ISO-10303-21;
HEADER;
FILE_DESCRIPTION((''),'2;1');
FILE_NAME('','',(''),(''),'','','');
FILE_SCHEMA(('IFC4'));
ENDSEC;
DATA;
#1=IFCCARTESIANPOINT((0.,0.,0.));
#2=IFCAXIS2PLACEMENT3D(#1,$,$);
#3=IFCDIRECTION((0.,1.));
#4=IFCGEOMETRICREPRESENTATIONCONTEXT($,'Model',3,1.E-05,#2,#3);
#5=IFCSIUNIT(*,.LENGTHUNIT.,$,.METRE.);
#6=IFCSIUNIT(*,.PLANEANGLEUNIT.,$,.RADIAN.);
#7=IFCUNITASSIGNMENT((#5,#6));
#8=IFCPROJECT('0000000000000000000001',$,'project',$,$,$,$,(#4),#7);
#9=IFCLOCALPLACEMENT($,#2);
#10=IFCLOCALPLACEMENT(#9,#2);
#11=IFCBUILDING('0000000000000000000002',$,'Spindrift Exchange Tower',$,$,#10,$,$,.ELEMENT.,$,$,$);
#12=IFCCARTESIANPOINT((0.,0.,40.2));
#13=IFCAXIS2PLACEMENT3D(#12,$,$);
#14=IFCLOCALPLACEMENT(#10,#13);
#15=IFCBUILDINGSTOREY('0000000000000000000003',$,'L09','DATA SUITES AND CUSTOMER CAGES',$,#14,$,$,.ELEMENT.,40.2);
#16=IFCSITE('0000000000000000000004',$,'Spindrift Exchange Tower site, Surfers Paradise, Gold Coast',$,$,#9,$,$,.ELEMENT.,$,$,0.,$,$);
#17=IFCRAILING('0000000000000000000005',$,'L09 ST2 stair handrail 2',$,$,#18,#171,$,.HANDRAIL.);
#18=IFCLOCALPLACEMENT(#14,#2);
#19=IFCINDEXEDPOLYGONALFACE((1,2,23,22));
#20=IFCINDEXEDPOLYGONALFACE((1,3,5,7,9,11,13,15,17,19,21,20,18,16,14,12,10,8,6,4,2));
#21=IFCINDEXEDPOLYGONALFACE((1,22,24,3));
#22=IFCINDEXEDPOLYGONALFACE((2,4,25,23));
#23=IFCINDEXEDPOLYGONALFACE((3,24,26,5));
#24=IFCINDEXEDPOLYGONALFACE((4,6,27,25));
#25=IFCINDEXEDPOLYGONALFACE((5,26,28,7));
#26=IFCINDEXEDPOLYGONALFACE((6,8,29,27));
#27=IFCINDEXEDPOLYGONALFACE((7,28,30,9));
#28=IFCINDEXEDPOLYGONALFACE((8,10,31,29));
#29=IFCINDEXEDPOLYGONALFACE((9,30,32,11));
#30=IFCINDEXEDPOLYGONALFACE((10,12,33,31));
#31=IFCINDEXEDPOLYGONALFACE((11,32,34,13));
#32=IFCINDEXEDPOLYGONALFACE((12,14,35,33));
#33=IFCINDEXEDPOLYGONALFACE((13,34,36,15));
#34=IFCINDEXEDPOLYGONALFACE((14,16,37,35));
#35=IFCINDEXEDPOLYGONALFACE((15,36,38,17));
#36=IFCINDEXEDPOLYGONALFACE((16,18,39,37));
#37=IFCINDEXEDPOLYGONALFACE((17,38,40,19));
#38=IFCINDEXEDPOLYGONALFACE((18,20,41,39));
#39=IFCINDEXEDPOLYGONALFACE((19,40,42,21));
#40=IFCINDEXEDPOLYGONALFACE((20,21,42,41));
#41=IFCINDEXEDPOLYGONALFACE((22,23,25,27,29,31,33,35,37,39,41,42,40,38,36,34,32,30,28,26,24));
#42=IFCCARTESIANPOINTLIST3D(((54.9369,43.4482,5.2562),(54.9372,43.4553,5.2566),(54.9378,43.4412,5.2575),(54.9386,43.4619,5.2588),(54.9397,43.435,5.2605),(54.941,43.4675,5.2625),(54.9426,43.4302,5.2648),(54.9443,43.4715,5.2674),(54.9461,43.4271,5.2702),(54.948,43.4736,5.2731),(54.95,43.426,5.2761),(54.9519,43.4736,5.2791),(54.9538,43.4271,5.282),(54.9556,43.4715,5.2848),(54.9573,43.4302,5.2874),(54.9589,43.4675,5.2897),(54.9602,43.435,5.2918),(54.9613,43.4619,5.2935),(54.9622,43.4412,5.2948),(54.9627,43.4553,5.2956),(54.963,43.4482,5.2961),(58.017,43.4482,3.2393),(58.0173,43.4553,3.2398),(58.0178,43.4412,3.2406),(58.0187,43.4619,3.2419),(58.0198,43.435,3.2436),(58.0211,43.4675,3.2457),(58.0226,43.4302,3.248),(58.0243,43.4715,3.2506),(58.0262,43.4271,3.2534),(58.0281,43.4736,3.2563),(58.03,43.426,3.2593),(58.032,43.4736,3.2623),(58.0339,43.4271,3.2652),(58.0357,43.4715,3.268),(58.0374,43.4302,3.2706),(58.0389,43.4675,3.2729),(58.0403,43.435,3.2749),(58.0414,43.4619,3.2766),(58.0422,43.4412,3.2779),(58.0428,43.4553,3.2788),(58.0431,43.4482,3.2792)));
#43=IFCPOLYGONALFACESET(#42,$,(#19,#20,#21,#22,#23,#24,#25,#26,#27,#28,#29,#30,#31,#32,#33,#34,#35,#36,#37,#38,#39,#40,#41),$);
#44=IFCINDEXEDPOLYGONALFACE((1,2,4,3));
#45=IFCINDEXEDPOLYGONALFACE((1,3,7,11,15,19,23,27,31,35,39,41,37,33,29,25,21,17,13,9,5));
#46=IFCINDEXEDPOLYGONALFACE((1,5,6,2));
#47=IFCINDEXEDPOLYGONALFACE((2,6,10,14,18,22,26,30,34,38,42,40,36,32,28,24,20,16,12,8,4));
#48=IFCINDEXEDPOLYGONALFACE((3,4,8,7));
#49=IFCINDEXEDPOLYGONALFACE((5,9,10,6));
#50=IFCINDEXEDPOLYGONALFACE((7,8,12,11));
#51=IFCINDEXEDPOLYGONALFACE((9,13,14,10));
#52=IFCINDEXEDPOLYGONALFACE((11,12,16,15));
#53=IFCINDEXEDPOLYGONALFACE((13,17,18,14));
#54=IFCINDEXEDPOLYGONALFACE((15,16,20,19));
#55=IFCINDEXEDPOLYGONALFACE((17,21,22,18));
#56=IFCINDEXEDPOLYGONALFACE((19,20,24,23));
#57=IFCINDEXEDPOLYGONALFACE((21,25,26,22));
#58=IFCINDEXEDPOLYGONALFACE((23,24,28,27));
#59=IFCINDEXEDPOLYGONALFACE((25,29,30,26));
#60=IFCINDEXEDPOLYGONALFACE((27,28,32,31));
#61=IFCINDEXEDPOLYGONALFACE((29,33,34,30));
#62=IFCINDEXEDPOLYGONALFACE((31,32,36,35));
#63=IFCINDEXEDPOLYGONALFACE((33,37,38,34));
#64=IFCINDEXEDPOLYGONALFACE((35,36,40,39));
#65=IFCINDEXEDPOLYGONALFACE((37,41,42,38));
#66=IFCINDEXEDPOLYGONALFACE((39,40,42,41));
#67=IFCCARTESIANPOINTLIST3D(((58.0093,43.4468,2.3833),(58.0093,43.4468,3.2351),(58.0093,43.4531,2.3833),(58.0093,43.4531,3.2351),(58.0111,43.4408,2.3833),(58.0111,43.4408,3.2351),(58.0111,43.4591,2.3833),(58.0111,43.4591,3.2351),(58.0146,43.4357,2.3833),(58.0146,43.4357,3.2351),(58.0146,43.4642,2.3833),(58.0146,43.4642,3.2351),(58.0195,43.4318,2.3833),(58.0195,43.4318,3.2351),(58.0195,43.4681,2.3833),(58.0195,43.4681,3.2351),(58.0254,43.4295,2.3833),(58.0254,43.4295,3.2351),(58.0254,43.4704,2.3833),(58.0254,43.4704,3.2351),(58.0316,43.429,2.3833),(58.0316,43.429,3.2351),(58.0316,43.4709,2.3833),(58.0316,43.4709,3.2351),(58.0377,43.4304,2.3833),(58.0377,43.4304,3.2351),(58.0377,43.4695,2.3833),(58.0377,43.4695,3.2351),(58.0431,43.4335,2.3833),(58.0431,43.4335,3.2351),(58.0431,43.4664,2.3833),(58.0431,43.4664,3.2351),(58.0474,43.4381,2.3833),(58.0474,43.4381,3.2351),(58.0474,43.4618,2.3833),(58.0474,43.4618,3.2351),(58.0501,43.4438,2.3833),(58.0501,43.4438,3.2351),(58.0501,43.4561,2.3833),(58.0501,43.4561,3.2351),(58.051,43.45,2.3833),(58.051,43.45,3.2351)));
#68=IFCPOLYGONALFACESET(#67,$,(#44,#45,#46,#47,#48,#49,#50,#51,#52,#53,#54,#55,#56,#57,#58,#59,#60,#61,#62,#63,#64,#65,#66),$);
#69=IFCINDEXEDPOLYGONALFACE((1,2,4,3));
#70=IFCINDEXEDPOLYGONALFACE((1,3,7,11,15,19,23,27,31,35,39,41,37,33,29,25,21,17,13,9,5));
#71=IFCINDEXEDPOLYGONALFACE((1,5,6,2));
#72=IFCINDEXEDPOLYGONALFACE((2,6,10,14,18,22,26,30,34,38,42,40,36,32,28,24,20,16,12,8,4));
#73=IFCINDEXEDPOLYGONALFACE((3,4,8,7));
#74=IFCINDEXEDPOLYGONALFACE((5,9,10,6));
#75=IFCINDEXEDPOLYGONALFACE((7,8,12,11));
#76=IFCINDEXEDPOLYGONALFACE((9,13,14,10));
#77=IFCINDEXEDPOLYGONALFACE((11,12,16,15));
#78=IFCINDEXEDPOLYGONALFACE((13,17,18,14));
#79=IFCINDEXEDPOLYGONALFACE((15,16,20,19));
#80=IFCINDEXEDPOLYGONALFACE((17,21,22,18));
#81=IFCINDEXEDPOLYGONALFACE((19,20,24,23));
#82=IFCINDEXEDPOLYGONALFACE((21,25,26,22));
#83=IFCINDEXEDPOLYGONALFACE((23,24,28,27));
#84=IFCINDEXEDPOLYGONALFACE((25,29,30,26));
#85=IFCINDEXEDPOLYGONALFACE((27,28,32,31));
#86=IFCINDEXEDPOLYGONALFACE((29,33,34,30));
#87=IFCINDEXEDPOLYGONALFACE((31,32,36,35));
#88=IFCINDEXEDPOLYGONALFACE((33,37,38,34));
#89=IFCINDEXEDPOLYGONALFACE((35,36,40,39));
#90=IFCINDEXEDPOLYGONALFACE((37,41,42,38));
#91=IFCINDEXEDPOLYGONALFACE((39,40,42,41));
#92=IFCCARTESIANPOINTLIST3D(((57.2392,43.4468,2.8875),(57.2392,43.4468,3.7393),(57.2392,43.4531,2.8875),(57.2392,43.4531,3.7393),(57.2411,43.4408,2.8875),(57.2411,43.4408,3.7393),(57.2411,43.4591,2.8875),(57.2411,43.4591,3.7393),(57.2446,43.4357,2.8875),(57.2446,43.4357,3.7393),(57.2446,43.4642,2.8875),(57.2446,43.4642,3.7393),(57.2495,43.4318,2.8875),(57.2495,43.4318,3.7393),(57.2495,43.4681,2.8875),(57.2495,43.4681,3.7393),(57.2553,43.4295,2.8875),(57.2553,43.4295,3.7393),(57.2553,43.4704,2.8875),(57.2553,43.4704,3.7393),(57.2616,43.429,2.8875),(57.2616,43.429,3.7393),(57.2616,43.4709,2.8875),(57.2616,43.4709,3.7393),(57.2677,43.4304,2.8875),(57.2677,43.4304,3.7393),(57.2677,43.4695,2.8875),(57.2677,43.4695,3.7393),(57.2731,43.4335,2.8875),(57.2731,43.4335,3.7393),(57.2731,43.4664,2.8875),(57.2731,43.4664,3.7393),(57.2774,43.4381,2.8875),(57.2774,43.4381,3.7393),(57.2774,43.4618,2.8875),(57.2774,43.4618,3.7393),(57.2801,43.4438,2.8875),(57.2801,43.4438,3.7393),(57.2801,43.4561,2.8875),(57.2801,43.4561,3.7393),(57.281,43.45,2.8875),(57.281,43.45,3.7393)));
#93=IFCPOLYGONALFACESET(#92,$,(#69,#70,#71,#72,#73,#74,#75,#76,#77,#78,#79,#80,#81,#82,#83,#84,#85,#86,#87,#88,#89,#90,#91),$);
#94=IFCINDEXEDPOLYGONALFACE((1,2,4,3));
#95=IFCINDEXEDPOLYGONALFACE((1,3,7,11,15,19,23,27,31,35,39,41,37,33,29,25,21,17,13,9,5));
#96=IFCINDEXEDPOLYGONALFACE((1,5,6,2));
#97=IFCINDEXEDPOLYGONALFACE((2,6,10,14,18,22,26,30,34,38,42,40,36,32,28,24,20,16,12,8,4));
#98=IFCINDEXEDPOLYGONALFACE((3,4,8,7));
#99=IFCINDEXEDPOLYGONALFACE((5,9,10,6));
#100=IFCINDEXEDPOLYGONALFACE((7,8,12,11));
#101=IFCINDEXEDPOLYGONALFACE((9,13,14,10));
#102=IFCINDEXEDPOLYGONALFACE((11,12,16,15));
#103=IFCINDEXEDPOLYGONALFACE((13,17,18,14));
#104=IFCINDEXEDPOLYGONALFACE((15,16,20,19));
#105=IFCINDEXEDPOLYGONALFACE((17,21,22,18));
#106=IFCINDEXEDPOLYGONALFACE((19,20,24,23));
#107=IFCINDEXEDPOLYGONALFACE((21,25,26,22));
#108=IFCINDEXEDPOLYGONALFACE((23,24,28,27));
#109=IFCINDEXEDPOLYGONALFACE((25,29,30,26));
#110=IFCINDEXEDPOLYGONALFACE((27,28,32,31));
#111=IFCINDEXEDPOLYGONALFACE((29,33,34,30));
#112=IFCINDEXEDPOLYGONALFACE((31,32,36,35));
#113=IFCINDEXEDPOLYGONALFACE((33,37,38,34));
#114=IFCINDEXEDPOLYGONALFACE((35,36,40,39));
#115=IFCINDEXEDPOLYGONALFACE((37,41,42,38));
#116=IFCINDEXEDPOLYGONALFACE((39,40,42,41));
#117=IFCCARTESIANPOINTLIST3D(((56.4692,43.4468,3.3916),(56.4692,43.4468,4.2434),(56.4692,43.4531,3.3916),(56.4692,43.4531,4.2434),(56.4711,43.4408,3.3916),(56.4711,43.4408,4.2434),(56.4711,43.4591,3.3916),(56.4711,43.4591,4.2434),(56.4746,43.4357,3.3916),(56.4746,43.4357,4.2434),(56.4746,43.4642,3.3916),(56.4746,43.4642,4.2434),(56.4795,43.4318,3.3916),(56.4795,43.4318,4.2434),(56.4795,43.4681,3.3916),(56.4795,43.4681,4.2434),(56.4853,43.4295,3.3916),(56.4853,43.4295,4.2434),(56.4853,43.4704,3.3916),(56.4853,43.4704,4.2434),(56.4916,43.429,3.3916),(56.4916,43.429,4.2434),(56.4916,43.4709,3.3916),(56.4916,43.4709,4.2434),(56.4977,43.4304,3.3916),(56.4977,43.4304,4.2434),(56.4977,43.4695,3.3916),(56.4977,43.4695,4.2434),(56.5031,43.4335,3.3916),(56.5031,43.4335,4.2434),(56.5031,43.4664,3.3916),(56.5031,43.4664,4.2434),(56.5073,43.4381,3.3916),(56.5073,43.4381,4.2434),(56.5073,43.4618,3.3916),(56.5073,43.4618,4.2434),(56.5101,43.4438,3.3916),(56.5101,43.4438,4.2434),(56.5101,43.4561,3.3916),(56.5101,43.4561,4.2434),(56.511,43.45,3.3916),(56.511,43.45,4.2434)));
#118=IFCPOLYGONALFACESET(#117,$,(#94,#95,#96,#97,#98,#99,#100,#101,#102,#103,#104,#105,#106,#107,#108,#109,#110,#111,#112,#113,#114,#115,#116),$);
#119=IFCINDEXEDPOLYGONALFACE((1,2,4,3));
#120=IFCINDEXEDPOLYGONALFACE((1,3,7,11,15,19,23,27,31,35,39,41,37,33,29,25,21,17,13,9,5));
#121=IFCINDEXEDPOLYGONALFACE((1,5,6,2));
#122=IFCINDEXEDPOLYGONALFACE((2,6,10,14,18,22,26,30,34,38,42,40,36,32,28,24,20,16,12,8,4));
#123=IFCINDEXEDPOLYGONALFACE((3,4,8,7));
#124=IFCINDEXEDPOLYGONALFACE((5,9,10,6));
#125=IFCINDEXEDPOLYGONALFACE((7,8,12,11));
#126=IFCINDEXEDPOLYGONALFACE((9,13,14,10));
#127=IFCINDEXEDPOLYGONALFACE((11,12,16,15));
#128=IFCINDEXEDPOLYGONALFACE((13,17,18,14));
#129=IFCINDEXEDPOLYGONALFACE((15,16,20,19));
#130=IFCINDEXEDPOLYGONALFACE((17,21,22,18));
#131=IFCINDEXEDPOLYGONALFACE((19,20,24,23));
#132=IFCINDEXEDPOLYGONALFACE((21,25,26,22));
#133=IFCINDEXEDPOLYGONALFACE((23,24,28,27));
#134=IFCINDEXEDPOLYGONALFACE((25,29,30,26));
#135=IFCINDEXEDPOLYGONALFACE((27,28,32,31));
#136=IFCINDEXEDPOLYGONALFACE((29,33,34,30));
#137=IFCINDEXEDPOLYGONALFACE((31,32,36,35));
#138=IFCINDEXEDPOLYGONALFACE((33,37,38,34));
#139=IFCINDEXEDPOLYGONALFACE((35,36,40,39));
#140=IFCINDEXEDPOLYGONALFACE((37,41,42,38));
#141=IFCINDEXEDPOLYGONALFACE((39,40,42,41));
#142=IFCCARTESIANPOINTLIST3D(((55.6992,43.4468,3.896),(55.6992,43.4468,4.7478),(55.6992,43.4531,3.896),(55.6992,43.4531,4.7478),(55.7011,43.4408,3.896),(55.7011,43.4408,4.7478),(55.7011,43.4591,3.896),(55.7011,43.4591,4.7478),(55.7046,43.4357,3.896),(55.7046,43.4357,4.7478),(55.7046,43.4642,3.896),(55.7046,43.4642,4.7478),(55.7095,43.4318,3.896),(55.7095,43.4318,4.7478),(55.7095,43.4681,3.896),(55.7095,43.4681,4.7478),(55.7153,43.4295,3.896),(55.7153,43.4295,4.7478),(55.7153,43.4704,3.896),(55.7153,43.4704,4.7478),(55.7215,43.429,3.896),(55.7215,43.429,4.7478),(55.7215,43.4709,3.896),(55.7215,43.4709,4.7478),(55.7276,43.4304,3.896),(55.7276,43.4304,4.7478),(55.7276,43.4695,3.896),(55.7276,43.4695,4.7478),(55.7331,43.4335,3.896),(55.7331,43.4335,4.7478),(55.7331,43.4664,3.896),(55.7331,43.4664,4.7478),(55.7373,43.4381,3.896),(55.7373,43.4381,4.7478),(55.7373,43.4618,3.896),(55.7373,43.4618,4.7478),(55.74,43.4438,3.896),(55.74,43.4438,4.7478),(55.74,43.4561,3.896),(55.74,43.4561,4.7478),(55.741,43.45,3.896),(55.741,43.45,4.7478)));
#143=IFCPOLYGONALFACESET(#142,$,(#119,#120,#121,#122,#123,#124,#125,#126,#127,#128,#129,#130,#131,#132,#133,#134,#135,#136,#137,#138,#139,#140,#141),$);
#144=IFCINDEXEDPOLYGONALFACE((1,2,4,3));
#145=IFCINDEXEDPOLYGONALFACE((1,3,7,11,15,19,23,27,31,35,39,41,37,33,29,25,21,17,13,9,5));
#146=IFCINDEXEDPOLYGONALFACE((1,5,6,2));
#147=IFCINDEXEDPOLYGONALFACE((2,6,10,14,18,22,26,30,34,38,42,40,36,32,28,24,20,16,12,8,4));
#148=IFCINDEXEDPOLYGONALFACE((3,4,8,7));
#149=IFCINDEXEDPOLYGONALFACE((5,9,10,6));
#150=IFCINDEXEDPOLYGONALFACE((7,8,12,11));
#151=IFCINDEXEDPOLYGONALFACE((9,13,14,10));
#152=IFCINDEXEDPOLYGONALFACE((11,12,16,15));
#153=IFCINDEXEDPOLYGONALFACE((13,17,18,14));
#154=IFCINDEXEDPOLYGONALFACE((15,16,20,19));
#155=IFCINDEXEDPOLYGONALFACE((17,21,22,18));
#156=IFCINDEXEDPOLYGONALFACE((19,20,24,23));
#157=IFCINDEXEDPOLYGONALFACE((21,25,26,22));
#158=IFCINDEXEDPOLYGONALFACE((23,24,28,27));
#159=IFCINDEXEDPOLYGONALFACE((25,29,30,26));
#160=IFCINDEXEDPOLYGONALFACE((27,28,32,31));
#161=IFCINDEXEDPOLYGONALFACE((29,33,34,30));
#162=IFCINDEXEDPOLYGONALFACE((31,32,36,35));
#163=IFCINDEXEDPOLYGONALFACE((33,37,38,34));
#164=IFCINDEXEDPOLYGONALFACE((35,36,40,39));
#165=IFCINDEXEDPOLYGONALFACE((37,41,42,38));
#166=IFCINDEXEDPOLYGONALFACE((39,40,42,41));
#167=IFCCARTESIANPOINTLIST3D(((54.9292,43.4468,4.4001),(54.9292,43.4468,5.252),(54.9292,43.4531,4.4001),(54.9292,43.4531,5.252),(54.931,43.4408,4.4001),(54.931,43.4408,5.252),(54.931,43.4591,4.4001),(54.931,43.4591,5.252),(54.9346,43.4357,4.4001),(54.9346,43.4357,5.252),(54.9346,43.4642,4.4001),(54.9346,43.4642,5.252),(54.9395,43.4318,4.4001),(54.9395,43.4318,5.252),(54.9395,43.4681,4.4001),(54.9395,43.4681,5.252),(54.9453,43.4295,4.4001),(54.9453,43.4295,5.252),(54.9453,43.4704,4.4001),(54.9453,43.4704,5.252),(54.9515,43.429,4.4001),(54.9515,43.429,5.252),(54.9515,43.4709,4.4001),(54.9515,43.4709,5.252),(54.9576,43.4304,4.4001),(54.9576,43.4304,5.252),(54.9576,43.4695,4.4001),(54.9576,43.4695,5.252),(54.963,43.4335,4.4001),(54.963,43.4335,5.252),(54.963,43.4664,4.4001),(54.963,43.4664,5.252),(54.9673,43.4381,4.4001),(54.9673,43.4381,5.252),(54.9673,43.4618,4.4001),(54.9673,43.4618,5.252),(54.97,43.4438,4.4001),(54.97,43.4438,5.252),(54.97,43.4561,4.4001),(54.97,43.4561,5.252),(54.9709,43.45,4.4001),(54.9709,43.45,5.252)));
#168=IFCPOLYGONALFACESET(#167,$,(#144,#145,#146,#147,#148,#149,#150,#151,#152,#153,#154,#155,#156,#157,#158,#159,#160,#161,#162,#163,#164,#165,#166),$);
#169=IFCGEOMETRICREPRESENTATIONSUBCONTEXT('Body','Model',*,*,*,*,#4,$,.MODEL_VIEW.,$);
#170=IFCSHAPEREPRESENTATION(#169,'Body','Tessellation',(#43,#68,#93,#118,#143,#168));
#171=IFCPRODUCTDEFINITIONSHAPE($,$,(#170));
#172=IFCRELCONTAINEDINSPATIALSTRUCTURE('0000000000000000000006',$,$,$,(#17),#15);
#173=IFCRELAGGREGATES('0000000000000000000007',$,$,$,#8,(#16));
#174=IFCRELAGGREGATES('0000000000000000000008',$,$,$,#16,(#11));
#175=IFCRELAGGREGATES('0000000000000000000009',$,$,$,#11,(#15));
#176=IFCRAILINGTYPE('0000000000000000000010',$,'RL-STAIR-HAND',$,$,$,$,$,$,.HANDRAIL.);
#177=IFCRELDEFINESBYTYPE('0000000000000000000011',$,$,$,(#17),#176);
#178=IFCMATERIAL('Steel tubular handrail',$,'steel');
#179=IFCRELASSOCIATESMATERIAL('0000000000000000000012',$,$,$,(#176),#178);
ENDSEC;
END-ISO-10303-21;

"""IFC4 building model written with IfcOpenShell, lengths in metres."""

from ifc_helpers import new_model, si_unit, direction, frame, origin, origin_2d, place, context, subcontext, project, spatial, circle, extrude, material, type_object, element, save


model = new_model("IFC4")

# Units and contexts
model_context = context("Model", 3, precision=1e-05, world=origin(), true_north=direction((0.0, 1.0)))
body_context = subcontext(model_context, "Body", "Model", "MODEL_VIEW")
ifc_project = project(units=[si_unit("LENGTHUNIT", "METRE"), si_unit("PLANEANGLEUNIT", "RADIAN")], contexts=[model_context])

# Site, building, storey
site_placement = place(None, origin())
site = spatial("IfcSite", under=ifc_project, at=site_placement, Name="Spindrift Exchange Tower site, Surfers Paradise, Gold Coast", CompositionType="ELEMENT", RefElevation=0.0)
building_placement = place(site_placement, origin())
building = spatial("IfcBuilding", under=site, at=building_placement, Name="Spindrift Exchange Tower", CompositionType="ELEMENT")
storey_placement = place(building_placement, frame((0.0, 0.0, 40.2)))
storey = spatial("IfcBuildingStorey", under=building, at=storey_placement, Name="L09", Description="DATA SUITES AND CUSTOMER CAGES", CompositionType="ELEMENT", Elevation=40.2)

# Railing
ifc_material_1 = material(Name="Steel tubular handrail", Category="steel")
railing_type_1 = type_object("IfcRailingType", Name="RL-STAIR-HAND", PredefinedType="HANDRAIL", material=ifc_material_1)
railing_1_placement = place(storey_placement, frame((58.03, 43.45, 2.3833)))
element("IfcRailing", 1, at=railing_1_placement, inside=storey, type_object=railing_type_1, Name="L09 ST2 stair handrail 2", PredefinedType="HANDRAIL", context=body_context, shape_type="SweptSolid", body=[
    extrude(circle(Radius=0.0239, at=origin_2d()), frame((0.0, 0.0, 0.876), z_axis=(-0.836603, 0.0, 0.54781), x_axis=(0.0, -1.0, 0.0)), (0.0, 0.0, 1.0), 3.6816),
    extrude(circle(Radius=0.021, at=origin_2d()), origin(), (0.0, 0.0, 1.0), 0.8518),
    extrude(circle(Radius=0.021, at=origin_2d()), frame((-0.77, 0.0, 0.5042)), (0.0, 0.0, 1.0), 0.8518),
    extrude(circle(Radius=0.021, at=origin_2d()), frame((-1.54, 0.0, 1.0083)), (0.0, 0.0, 1.0), 0.8518),
    extrude(circle(Radius=0.021, at=origin_2d()), frame((-2.3101, 0.0, 1.5127)), (0.0, 0.0, 1.0), 0.8518),
    extrude(circle(Radius=0.021, at=origin_2d()), frame((-3.0801, 0.0, 2.0168)), (0.0, 0.0, 1.0), 0.8518),
])

save(model, "model.ifc")
